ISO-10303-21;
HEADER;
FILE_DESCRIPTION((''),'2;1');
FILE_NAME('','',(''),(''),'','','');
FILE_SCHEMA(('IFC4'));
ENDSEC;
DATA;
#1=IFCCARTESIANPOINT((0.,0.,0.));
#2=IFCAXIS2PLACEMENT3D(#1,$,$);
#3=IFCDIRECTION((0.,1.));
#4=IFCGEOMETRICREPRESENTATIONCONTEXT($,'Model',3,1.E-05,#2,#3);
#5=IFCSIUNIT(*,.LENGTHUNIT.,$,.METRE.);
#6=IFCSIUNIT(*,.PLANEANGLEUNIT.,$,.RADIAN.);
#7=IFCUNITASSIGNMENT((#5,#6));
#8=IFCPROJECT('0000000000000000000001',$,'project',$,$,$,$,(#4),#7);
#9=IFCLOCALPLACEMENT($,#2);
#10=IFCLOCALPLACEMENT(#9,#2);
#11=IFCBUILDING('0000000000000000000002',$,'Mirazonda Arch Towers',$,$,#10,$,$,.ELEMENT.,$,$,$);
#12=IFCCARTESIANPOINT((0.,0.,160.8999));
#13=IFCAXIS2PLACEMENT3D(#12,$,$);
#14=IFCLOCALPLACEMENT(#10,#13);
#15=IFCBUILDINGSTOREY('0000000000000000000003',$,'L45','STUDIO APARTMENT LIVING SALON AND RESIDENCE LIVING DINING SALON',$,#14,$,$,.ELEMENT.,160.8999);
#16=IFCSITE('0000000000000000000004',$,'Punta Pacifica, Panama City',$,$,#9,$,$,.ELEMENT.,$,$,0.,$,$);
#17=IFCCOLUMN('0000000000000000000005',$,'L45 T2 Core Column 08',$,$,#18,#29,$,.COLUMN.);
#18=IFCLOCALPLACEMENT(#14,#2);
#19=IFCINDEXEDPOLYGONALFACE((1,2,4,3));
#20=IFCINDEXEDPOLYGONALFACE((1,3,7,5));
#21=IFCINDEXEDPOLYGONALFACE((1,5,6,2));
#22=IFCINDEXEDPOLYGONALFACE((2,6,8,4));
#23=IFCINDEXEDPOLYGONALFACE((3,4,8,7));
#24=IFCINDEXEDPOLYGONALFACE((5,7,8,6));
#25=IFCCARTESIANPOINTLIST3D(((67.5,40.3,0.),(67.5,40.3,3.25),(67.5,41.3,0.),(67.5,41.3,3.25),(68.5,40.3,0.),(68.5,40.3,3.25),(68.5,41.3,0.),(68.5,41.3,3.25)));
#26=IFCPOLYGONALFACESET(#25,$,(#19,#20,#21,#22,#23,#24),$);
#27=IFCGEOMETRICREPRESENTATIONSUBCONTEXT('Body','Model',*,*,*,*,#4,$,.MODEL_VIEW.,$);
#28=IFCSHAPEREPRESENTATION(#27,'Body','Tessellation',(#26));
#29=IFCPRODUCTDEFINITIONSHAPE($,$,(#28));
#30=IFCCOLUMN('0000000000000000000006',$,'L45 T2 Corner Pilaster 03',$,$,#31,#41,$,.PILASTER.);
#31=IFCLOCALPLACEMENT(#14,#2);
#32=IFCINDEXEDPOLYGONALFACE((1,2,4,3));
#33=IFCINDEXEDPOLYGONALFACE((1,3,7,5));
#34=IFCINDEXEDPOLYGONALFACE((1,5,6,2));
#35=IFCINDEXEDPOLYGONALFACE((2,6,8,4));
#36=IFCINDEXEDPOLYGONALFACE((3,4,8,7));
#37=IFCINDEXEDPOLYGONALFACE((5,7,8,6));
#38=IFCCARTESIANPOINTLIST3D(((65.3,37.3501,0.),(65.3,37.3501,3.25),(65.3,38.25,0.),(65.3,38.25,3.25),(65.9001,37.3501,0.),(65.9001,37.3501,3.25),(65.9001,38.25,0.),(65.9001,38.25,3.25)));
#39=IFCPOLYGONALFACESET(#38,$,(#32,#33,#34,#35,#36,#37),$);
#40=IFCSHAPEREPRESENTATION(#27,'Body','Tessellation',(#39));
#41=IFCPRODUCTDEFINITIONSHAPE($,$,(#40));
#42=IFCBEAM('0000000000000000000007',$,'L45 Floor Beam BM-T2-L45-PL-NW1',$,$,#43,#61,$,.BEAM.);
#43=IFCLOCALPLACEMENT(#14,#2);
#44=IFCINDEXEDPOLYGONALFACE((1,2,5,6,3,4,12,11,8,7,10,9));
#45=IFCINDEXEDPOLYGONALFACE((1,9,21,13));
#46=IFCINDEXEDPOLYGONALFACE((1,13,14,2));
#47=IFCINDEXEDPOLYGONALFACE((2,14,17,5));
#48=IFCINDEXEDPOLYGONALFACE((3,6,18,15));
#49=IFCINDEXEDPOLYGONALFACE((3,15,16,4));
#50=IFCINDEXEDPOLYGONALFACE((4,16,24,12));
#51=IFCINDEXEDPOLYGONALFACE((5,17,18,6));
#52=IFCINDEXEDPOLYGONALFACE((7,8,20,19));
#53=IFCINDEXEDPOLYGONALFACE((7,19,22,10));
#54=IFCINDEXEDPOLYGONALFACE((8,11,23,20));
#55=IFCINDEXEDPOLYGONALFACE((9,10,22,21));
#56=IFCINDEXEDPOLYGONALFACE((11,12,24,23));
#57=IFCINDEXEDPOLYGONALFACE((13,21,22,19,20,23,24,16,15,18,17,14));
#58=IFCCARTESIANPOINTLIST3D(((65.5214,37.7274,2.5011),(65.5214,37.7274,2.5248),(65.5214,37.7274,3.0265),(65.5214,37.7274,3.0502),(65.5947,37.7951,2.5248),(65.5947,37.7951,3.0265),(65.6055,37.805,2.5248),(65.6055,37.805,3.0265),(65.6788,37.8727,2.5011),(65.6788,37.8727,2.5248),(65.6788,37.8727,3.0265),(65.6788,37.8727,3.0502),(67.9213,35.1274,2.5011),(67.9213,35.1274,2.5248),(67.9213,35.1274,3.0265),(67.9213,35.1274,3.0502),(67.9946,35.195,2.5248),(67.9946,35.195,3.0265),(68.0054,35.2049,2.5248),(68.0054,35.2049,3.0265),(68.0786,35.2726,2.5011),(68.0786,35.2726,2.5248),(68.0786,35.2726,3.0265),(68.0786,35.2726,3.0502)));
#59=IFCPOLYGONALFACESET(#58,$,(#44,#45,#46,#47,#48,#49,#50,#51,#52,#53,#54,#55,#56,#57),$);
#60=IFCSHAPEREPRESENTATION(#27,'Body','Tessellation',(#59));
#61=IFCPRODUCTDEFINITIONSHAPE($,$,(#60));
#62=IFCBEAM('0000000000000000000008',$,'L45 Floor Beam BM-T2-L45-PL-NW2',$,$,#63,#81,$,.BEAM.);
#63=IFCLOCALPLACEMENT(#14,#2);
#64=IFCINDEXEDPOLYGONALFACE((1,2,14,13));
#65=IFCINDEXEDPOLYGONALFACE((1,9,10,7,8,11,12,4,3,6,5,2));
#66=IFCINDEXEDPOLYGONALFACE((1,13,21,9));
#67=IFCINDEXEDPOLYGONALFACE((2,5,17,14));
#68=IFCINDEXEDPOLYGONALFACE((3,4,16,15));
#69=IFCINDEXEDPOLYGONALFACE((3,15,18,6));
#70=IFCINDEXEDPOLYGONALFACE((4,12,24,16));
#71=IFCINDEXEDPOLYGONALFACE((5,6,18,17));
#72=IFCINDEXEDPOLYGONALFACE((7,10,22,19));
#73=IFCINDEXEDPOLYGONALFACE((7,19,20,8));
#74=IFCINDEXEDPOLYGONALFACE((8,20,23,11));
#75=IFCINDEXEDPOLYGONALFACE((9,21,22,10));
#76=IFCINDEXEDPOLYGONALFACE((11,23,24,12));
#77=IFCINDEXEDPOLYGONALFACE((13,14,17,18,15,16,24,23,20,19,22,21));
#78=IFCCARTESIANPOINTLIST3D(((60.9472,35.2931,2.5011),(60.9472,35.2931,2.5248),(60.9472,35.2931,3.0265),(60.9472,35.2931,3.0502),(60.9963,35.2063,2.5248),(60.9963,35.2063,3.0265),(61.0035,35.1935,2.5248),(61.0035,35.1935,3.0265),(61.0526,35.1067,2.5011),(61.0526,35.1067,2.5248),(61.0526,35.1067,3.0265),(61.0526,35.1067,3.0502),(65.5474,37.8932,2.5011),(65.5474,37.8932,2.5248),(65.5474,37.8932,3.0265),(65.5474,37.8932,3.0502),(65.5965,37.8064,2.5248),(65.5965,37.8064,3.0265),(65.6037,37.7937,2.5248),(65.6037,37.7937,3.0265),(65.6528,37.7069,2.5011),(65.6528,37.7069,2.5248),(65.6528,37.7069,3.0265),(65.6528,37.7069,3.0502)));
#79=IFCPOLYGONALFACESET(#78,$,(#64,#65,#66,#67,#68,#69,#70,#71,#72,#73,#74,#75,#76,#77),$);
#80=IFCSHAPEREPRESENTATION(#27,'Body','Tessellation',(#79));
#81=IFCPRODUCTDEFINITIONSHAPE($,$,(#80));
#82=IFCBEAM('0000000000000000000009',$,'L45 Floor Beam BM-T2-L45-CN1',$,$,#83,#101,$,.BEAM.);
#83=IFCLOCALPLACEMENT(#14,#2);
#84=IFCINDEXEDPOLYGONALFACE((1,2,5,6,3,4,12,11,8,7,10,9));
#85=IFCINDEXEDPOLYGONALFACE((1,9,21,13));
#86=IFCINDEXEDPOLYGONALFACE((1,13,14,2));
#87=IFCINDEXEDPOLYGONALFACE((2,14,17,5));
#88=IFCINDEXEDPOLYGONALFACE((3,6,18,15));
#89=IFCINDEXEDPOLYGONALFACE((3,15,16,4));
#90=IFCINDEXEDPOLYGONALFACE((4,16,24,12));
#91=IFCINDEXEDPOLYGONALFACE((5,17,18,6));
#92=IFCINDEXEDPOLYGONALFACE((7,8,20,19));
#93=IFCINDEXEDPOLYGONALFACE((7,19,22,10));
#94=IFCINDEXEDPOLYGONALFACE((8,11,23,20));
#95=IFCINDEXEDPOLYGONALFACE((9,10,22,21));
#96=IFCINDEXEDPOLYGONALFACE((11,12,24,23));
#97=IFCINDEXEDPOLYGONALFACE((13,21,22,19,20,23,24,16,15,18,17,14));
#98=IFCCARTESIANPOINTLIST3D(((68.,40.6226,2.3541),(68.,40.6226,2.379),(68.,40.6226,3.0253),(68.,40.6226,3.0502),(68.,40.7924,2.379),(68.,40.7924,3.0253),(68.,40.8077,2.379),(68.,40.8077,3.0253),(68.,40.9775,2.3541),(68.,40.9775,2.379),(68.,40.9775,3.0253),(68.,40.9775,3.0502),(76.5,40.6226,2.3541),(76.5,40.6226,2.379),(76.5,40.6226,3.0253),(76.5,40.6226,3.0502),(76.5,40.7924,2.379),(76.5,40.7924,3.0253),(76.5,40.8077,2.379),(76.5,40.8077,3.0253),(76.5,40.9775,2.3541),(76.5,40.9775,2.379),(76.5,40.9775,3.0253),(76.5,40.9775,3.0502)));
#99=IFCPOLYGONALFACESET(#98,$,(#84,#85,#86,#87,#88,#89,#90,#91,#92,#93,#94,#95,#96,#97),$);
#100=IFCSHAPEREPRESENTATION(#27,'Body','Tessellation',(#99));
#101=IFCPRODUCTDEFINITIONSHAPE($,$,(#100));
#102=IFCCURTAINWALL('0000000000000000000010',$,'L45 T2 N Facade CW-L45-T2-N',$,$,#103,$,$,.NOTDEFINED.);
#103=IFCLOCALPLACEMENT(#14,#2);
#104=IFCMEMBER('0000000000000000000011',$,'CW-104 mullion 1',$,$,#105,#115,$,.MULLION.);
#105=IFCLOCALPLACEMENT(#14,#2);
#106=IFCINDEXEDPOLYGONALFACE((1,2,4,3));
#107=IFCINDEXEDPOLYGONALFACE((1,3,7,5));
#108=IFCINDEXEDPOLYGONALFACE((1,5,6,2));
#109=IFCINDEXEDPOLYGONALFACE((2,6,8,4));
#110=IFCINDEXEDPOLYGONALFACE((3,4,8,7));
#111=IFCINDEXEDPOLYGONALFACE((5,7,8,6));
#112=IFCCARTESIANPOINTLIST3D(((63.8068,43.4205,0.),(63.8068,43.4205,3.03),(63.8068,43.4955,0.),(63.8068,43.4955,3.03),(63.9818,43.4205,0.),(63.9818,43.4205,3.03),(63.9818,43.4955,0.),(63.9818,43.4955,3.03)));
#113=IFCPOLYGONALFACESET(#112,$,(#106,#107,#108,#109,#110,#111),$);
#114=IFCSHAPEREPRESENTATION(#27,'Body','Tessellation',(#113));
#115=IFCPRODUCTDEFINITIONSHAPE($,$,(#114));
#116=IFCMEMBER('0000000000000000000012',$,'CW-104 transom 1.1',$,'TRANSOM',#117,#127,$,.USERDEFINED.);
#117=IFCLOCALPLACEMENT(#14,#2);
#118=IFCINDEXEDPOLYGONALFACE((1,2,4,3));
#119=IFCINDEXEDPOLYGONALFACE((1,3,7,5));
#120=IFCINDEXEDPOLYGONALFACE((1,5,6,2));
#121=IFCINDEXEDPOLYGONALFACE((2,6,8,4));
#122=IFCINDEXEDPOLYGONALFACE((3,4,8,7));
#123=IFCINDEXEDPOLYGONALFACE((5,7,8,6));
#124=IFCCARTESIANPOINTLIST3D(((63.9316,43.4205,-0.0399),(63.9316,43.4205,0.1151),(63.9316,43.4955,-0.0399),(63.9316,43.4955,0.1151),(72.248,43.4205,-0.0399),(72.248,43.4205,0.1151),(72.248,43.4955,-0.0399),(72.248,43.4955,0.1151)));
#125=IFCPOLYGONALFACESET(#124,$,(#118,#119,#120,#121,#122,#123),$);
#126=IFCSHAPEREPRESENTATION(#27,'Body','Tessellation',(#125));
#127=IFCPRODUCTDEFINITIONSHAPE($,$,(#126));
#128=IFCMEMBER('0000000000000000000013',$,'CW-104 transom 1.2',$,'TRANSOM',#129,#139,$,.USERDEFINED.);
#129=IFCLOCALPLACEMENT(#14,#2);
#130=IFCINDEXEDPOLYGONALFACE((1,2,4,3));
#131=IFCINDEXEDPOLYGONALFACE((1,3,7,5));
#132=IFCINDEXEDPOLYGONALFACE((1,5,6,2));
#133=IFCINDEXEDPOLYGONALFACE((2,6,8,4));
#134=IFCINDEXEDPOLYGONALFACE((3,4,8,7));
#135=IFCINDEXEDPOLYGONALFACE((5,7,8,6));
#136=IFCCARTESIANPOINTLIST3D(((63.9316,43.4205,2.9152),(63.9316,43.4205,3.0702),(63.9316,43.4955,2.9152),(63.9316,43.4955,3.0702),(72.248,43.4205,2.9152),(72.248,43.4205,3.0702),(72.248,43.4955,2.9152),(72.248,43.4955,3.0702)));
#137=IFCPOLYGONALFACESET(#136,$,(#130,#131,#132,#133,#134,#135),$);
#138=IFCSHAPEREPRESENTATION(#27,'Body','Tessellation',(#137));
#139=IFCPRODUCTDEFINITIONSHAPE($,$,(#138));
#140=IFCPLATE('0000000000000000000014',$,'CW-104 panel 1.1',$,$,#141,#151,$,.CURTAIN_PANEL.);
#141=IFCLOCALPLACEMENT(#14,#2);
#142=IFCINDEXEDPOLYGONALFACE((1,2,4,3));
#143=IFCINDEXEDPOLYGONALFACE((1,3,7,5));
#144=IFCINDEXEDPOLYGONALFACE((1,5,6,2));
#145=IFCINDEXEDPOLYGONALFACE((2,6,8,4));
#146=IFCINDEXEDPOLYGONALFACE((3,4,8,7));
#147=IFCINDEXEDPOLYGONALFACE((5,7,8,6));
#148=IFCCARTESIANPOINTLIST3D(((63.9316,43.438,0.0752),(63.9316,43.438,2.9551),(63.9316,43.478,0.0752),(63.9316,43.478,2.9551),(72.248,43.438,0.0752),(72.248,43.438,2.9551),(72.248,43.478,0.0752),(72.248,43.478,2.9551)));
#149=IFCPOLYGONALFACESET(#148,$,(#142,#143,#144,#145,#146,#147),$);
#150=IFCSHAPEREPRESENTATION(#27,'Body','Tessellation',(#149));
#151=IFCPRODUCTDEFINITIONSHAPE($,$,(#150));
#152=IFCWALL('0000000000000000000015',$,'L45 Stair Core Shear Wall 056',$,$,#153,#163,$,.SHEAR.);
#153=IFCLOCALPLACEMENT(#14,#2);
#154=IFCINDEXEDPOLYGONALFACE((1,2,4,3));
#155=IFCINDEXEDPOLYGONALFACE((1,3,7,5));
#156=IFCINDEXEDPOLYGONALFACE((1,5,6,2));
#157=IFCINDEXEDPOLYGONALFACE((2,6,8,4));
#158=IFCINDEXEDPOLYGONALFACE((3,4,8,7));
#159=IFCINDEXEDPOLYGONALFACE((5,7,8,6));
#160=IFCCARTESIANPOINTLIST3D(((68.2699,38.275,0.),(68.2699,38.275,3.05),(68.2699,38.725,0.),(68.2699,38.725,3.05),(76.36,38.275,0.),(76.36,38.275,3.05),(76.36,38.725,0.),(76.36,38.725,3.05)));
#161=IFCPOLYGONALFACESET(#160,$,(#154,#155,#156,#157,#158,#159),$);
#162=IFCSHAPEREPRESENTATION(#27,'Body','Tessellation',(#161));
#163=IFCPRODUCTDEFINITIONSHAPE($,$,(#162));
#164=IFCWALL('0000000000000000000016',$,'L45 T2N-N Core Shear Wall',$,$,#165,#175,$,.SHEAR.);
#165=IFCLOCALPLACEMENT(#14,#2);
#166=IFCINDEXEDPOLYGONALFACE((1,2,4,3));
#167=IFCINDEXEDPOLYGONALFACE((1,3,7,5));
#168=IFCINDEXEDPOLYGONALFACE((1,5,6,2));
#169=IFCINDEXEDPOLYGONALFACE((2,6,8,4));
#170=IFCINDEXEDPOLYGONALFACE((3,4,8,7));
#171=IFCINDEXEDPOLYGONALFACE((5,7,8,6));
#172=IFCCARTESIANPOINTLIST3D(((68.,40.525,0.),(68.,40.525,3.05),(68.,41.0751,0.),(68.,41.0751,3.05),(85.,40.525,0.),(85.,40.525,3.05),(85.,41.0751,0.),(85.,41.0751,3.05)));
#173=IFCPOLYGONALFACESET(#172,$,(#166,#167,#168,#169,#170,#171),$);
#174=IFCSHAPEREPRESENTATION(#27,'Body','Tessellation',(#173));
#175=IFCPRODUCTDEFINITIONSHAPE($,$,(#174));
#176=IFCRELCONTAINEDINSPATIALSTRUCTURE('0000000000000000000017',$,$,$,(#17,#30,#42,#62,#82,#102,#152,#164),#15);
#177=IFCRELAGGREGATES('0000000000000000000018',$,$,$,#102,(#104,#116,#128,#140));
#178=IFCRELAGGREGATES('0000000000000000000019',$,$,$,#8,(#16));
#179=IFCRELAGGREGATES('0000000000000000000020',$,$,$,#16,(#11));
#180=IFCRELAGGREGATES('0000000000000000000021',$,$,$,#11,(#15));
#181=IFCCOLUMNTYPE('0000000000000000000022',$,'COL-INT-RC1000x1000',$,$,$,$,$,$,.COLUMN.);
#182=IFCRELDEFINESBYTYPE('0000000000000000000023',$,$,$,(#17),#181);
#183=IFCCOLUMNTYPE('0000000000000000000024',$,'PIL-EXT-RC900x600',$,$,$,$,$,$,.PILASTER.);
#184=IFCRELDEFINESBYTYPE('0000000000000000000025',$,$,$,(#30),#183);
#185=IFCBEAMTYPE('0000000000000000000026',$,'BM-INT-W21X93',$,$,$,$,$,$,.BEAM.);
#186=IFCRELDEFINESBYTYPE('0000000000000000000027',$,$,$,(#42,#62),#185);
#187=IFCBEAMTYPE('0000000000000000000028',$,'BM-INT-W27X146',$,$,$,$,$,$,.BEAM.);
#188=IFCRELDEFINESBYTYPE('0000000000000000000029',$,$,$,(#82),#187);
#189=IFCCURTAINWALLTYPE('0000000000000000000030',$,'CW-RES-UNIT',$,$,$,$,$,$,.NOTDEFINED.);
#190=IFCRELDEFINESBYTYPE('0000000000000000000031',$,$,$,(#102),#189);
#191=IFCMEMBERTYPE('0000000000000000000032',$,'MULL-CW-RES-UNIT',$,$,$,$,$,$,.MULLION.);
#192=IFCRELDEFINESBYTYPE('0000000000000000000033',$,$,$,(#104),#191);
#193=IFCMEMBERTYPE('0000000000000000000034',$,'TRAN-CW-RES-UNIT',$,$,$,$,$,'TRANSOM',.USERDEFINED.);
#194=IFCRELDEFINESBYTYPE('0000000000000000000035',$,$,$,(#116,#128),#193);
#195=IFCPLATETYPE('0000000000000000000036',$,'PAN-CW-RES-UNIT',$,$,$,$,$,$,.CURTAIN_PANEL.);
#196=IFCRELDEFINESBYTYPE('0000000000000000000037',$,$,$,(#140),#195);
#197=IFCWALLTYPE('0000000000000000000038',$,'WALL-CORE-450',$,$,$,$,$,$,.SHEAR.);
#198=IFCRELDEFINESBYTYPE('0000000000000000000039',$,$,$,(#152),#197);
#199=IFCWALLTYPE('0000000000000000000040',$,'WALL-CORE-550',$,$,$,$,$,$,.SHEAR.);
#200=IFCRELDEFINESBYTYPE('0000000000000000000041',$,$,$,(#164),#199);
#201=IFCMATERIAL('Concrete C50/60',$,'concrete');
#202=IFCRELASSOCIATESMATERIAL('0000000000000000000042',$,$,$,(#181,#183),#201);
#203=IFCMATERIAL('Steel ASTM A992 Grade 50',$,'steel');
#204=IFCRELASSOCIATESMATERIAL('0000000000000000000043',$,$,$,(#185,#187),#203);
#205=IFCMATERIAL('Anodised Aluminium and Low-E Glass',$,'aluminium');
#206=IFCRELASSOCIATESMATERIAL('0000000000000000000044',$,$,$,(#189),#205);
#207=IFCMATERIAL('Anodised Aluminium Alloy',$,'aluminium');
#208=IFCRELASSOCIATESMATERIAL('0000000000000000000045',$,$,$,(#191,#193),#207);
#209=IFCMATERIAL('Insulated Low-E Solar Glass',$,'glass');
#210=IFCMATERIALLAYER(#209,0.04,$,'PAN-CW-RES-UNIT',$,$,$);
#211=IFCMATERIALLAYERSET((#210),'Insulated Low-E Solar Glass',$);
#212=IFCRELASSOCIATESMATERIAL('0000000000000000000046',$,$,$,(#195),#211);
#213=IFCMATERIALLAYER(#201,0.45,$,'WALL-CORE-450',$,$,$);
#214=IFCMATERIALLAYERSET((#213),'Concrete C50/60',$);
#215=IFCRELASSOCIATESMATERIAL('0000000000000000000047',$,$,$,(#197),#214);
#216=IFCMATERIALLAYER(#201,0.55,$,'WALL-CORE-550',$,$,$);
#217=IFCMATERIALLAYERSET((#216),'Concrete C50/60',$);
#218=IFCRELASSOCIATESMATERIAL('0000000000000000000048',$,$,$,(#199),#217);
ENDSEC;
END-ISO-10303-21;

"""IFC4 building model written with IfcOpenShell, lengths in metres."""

from ifc_helpers import new_model, si_unit, direction, frame, frame_2d, origin, origin_2d, place, context, subcontext, project, spatial, rectangle, i_section, extrude, material, layer, layer_set, material_profile, profile_set, type_object, element, aggregate, save


model = new_model("IFC4")

# Units and contexts
model_context = context("Model", 3, precision=1e-05, world=origin(), true_north=direction((0.0, 1.0)))
body_context = subcontext(model_context, "Body", "Model", "MODEL_VIEW")
ifc_project = project(units=[si_unit("LENGTHUNIT", "METRE"), si_unit("PLANEANGLEUNIT", "RADIAN")], contexts=[model_context])

# Site, building, storey
site_placement = place(None, origin())
site = spatial("IfcSite", under=ifc_project, at=site_placement, Name="Punta Pacifica, Panama City", CompositionType="ELEMENT", RefElevation=0.0)
building_placement = place(site_placement, origin())
building = spatial("IfcBuilding", under=site, at=building_placement, Name="Mirazonda Arch Towers", CompositionType="ELEMENT")
storey_placement = place(building_placement, frame((0.0, 0.0, 160.8999)))
storey = spatial("IfcBuildingStorey", under=building, at=storey_placement, Name="L45", Description="STUDIO APARTMENT LIVING SALON AND RESIDENCE LIVING DINING SALON", CompositionType="ELEMENT", Elevation=160.8999)

# Columns
ifc_material_1 = material(Name="Concrete C50/60", Category="concrete")
ifc_material_profile_1 = material_profile(ifc_material_1, rectangle(XDim=1.0, YDim=1.0, at=origin_2d()), Name="RC1000x1000")
ifc_profile_set_1 = profile_set([ifc_material_profile_1], Name="Concrete C50/60")
column_type_1 = type_object("IfcColumnType", Name="COL-INT-RC1000x1000", PredefinedType="COLUMN", material=ifc_profile_set_1)
column_1_placement = place(storey_placement, frame((68.0, 40.8, 0.0), z_axis=(0.0, 0.0, 1.0), x_axis=(1.0, 0.0, 0.0)))
element("IfcColumn", 1, at=column_1_placement, inside=storey, type_object=column_type_1, Name="L45 T2 Core Column 08", PredefinedType="COLUMN", context=body_context, shape_type="SweptSolid", body=[
    extrude(rectangle(XDim=1.0, YDim=1.0, at=origin_2d()), origin(), (0.0, 0.0, 1.0), 3.25),
])
ifc_material_profile_2 = material_profile(ifc_material_1, rectangle(XDim=0.6001, YDim=0.8999, at=origin_2d()), Name="RC900x600")
ifc_profile_set_2 = profile_set([ifc_material_profile_2], Name="Concrete C50/60")
column_type_2 = type_object("IfcColumnType", Name="PIL-EXT-RC900x600", PredefinedType="PILASTER", material=ifc_profile_set_2)
column_2_placement = place(storey_placement, frame((65.6001, 37.8, 0.0), z_axis=(0.0, 0.0, 1.0), x_axis=(1.0, 0.0, 0.0)))
element("IfcColumn", 2, at=column_2_placement, inside=storey, type_object=column_type_2, Name="L45 T2 Corner Pilaster 03", PredefinedType="PILASTER", context=body_context, shape_type="SweptSolid", body=[
    extrude(rectangle(XDim=0.6001, YDim=0.8999, at=origin_2d()), origin(), (0.0, 0.0, 1.0), 3.25),
])

# Beams
ifc_material_2 = material(Name="Steel ASTM A992 Grade 50", Category="steel")
ifc_material_profile_3 = material_profile(ifc_material_2, i_section(OverallWidth=0.2141, OverallDepth=0.5491, WebThickness=0.0146, FlangeThickness=0.0237, at=origin_2d()), Name="W21X93")
ifc_profile_set_3 = profile_set([ifc_material_profile_3], Name="Steel ASTM A992 Grade 50")
beam_type_1 = type_object("IfcBeamType", Name="BM-INT-W21X93", PredefinedType="BEAM", material=ifc_profile_set_3)
beam_1_placement = place(storey_placement, frame((65.6001, 37.8, 2.7756), z_axis=(0.678251, -0.73483, 0.0), x_axis=(0.73483, 0.678251, 0.0)))
element("IfcBeam", 3, at=beam_1_placement, inside=storey, type_object=beam_type_1, Name="L45 Floor Beam BM-T2-L45-PL-NW1", PredefinedType="BEAM", context=body_context, shape_type="SweptSolid", body=[
    extrude(i_section(OverallWidth=0.2141, OverallDepth=0.5491, WebThickness=0.0146, FlangeThickness=0.0237, at=origin_2d()), origin(), (0.0, 0.0, 1.0), 3.5383),
])
beam_2_placement = place(storey_placement, frame((65.6001, 37.8, 2.7756), z_axis=(-0.870559, -0.492063, 0.0), x_axis=(0.492063, -0.870559, 0.0)))
element("IfcBeam", 4, at=beam_2_placement, inside=storey, type_object=beam_type_1, Name="L45 Floor Beam BM-T2-L45-PL-NW2", PredefinedType="BEAM", context=body_context, shape_type="SweptSolid", body=[
    extrude(i_section(OverallWidth=0.2141, OverallDepth=0.5491, WebThickness=0.0146, FlangeThickness=0.0237, at=origin_2d()), origin(), (0.0, 0.0, 1.0), 5.2842),
])
ifc_material_profile_4 = material_profile(ifc_material_2, i_section(OverallWidth=0.355, OverallDepth=0.696, WebThickness=0.0154, FlangeThickness=0.0249, at=origin_2d()), Name="W27X146")
ifc_profile_set_4 = profile_set([ifc_material_profile_4], Name="Steel ASTM A992 Grade 50")
beam_type_2 = type_object("IfcBeamType", Name="BM-INT-W27X146", PredefinedType="BEAM", material=ifc_profile_set_4)
beam_3_placement = place(storey_placement, frame((68.0, 40.8, 2.7021), z_axis=(1.0, 0.0, 0.0), x_axis=(0.0, 1.0, 0.0)))
element("IfcBeam", 5, at=beam_3_placement, inside=storey, type_object=beam_type_2, Name="L45 Floor Beam BM-T2-L45-CN1", PredefinedType="BEAM", context=body_context, shape_type="SweptSolid", body=[
    extrude(i_section(OverallWidth=0.355, OverallDepth=0.696, WebThickness=0.0154, FlangeThickness=0.0249, at=origin_2d()), origin(), (0.0, 0.0, 1.0), 8.5),
])

# Curtain wall, members, plate
ifc_material_3 = material(Name="Anodised Aluminium and Low-E Glass", Category="aluminium")
curtain_wall_type = type_object("IfcCurtainWallType", Name="CW-RES-UNIT", PredefinedType="NOTDEFINED", material=ifc_material_3)
curtain_wall_placement = place(storey_placement, origin())
curtain_wall = element("IfcCurtainWall", 6, at=curtain_wall_placement, inside=storey, type_object=curtain_wall_type, Name="L45 T2 N Facade CW-L45-T2-N", PredefinedType="NOTDEFINED")
ifc_material_4 = material(Name="Anodised Aluminium Alloy", Category="aluminium")
ifc_material_profile_5 = material_profile(ifc_material_4, rectangle(XDim=0.075, YDim=0.175, at=origin_2d()), Name="ALU-MULL-75x175")
ifc_profile_set_5 = profile_set([ifc_material_profile_5], Name="Anodised Aluminium Alloy")
member_type_1 = type_object("IfcMemberType", Name="MULL-CW-RES-UNIT", PredefinedType="MULLION", material=ifc_profile_set_5)
member_1_placement = place(storey_placement, frame((63.8943, 43.458, 0.0), z_axis=(0.0, 0.0, 1.0), x_axis=(0.0, 1.0, 0.0)))
member_1 = element("IfcMember", 7, at=member_1_placement, type_object=member_type_1, Name="CW-104 mullion 1", PredefinedType="MULLION", context=body_context, shape_type="SweptSolid", body=[
    extrude(rectangle(XDim=0.075, YDim=0.175, at=origin_2d()), origin(), (0.0, 0.0, 1.0), 3.03),
])
ifc_material_profile_6 = material_profile(ifc_material_4, rectangle(XDim=0.075, YDim=0.155, at=origin_2d()), Name="ALU-TRAN-75x155")
ifc_profile_set_6 = profile_set([ifc_material_profile_6], Name="Anodised Aluminium Alloy")
member_type_2 = type_object("IfcMemberType", Name="TRAN-CW-RES-UNIT", ElementType="TRANSOM", PredefinedType="USERDEFINED", material=ifc_profile_set_6)
member_2_placement = place(storey_placement, frame((63.9316, 43.458, 0.0376), z_axis=(1.0, 0.0, 0.0), x_axis=(0.0, 1.0, 0.0)))
member_2 = element("IfcMember", 8, at=member_2_placement, type_object=member_type_2, Name="CW-104 transom 1.1", ObjectType="TRANSOM", PredefinedType="USERDEFINED", context=body_context, shape_type="SweptSolid", body=[
    extrude(rectangle(XDim=0.075, YDim=0.155, at=origin_2d()), origin(), (0.0, 0.0, 1.0), 8.3164),
])
member_3_placement = place(storey_placement, frame((63.9316, 43.458, 2.9927), z_axis=(1.0, 0.0, 0.0), x_axis=(0.0, 1.0, 0.0)))
member_3 = element("IfcMember", 9, at=member_3_placement, type_object=member_type_2, Name="CW-104 transom 1.2", ObjectType="TRANSOM", PredefinedType="USERDEFINED", context=body_context, shape_type="SweptSolid", body=[
    extrude(rectangle(XDim=0.075, YDim=0.155, at=origin_2d()), origin(), (0.0, 0.0, 1.0), 8.3164),
])
ifc_material_5 = material(Name="Insulated Low-E Solar Glass", Category="glass")
ifc_layer_1 = layer(ifc_material_5, 0.04, Name="PAN-CW-RES-UNIT")
ifc_layer_set_1 = layer_set([ifc_layer_1], Name="Insulated Low-E Solar Glass")
plate_type = type_object("IfcPlateType", Name="PAN-CW-RES-UNIT", PredefinedType="CURTAIN_PANEL", material=ifc_layer_set_1)
plate_placement = place(storey_placement, frame((68.0898, 43.458, 0.0752), z_axis=(0.0, 0.0, 1.0), x_axis=(1.0, 0.0, 0.0)))
plate = element("IfcPlate", 10, at=plate_placement, type_object=plate_type, Name="CW-104 panel 1.1", PredefinedType="CURTAIN_PANEL", context=body_context, shape_type="SweptSolid", body=[
    extrude(rectangle(XDim=8.3164, YDim=0.04, at=origin_2d()), origin(), (0.0, 0.0, 1.0), 2.8799),
])
aggregate(curtain_wall, [member_1, member_2, member_3, plate])

# Walls
ifc_layer_2 = layer(ifc_material_1, 0.45, Name="WALL-CORE-450")
ifc_layer_set_2 = layer_set([ifc_layer_2], Name="Concrete C50/60")
wall_type_1 = type_object("IfcWallType", Name="WALL-CORE-450", PredefinedType="SHEAR", material=ifc_layer_set_2)
wall_1_placement = place(storey_placement, frame((68.27, 38.5, 0.0), z_axis=(0.0, 0.0, 1.0), x_axis=(1.0, 0.0, 0.0)))
element("IfcWall", 11, at=wall_1_placement, inside=storey, type_object=wall_type_1, Name="L45 Stair Core Shear Wall 056", PredefinedType="SHEAR", context=body_context, shape_type="SweptSolid", body=[
    extrude(rectangle(XDim=8.0901, YDim=0.45, at=frame_2d((4.0449, 0.0))), origin(), (0.0, 0.0, 1.0), 3.05),
])
ifc_layer_3 = layer(ifc_material_1, 0.55, Name="WALL-CORE-550")
ifc_layer_set_3 = layer_set([ifc_layer_3], Name="Concrete C50/60")
wall_type_2 = type_object("IfcWallType", Name="WALL-CORE-550", PredefinedType="SHEAR", material=ifc_layer_set_3)
wall_2_placement = place(storey_placement, frame((68.0, 40.8, 0.0), z_axis=(0.0, 0.0, 1.0), x_axis=(1.0, 0.0, 0.0)))
element("IfcWall", 12, at=wall_2_placement, inside=storey, type_object=wall_type_2, Name="L45 T2N-N Core Shear Wall", PredefinedType="SHEAR", context=body_context, shape_type="SweptSolid", body=[
    extrude(rectangle(XDim=17.0, YDim=0.55, at=frame_2d((8.5, 0.0))), origin(), (0.0, 0.0, 1.0), 3.05),
])

save(model, "model.ifc")
